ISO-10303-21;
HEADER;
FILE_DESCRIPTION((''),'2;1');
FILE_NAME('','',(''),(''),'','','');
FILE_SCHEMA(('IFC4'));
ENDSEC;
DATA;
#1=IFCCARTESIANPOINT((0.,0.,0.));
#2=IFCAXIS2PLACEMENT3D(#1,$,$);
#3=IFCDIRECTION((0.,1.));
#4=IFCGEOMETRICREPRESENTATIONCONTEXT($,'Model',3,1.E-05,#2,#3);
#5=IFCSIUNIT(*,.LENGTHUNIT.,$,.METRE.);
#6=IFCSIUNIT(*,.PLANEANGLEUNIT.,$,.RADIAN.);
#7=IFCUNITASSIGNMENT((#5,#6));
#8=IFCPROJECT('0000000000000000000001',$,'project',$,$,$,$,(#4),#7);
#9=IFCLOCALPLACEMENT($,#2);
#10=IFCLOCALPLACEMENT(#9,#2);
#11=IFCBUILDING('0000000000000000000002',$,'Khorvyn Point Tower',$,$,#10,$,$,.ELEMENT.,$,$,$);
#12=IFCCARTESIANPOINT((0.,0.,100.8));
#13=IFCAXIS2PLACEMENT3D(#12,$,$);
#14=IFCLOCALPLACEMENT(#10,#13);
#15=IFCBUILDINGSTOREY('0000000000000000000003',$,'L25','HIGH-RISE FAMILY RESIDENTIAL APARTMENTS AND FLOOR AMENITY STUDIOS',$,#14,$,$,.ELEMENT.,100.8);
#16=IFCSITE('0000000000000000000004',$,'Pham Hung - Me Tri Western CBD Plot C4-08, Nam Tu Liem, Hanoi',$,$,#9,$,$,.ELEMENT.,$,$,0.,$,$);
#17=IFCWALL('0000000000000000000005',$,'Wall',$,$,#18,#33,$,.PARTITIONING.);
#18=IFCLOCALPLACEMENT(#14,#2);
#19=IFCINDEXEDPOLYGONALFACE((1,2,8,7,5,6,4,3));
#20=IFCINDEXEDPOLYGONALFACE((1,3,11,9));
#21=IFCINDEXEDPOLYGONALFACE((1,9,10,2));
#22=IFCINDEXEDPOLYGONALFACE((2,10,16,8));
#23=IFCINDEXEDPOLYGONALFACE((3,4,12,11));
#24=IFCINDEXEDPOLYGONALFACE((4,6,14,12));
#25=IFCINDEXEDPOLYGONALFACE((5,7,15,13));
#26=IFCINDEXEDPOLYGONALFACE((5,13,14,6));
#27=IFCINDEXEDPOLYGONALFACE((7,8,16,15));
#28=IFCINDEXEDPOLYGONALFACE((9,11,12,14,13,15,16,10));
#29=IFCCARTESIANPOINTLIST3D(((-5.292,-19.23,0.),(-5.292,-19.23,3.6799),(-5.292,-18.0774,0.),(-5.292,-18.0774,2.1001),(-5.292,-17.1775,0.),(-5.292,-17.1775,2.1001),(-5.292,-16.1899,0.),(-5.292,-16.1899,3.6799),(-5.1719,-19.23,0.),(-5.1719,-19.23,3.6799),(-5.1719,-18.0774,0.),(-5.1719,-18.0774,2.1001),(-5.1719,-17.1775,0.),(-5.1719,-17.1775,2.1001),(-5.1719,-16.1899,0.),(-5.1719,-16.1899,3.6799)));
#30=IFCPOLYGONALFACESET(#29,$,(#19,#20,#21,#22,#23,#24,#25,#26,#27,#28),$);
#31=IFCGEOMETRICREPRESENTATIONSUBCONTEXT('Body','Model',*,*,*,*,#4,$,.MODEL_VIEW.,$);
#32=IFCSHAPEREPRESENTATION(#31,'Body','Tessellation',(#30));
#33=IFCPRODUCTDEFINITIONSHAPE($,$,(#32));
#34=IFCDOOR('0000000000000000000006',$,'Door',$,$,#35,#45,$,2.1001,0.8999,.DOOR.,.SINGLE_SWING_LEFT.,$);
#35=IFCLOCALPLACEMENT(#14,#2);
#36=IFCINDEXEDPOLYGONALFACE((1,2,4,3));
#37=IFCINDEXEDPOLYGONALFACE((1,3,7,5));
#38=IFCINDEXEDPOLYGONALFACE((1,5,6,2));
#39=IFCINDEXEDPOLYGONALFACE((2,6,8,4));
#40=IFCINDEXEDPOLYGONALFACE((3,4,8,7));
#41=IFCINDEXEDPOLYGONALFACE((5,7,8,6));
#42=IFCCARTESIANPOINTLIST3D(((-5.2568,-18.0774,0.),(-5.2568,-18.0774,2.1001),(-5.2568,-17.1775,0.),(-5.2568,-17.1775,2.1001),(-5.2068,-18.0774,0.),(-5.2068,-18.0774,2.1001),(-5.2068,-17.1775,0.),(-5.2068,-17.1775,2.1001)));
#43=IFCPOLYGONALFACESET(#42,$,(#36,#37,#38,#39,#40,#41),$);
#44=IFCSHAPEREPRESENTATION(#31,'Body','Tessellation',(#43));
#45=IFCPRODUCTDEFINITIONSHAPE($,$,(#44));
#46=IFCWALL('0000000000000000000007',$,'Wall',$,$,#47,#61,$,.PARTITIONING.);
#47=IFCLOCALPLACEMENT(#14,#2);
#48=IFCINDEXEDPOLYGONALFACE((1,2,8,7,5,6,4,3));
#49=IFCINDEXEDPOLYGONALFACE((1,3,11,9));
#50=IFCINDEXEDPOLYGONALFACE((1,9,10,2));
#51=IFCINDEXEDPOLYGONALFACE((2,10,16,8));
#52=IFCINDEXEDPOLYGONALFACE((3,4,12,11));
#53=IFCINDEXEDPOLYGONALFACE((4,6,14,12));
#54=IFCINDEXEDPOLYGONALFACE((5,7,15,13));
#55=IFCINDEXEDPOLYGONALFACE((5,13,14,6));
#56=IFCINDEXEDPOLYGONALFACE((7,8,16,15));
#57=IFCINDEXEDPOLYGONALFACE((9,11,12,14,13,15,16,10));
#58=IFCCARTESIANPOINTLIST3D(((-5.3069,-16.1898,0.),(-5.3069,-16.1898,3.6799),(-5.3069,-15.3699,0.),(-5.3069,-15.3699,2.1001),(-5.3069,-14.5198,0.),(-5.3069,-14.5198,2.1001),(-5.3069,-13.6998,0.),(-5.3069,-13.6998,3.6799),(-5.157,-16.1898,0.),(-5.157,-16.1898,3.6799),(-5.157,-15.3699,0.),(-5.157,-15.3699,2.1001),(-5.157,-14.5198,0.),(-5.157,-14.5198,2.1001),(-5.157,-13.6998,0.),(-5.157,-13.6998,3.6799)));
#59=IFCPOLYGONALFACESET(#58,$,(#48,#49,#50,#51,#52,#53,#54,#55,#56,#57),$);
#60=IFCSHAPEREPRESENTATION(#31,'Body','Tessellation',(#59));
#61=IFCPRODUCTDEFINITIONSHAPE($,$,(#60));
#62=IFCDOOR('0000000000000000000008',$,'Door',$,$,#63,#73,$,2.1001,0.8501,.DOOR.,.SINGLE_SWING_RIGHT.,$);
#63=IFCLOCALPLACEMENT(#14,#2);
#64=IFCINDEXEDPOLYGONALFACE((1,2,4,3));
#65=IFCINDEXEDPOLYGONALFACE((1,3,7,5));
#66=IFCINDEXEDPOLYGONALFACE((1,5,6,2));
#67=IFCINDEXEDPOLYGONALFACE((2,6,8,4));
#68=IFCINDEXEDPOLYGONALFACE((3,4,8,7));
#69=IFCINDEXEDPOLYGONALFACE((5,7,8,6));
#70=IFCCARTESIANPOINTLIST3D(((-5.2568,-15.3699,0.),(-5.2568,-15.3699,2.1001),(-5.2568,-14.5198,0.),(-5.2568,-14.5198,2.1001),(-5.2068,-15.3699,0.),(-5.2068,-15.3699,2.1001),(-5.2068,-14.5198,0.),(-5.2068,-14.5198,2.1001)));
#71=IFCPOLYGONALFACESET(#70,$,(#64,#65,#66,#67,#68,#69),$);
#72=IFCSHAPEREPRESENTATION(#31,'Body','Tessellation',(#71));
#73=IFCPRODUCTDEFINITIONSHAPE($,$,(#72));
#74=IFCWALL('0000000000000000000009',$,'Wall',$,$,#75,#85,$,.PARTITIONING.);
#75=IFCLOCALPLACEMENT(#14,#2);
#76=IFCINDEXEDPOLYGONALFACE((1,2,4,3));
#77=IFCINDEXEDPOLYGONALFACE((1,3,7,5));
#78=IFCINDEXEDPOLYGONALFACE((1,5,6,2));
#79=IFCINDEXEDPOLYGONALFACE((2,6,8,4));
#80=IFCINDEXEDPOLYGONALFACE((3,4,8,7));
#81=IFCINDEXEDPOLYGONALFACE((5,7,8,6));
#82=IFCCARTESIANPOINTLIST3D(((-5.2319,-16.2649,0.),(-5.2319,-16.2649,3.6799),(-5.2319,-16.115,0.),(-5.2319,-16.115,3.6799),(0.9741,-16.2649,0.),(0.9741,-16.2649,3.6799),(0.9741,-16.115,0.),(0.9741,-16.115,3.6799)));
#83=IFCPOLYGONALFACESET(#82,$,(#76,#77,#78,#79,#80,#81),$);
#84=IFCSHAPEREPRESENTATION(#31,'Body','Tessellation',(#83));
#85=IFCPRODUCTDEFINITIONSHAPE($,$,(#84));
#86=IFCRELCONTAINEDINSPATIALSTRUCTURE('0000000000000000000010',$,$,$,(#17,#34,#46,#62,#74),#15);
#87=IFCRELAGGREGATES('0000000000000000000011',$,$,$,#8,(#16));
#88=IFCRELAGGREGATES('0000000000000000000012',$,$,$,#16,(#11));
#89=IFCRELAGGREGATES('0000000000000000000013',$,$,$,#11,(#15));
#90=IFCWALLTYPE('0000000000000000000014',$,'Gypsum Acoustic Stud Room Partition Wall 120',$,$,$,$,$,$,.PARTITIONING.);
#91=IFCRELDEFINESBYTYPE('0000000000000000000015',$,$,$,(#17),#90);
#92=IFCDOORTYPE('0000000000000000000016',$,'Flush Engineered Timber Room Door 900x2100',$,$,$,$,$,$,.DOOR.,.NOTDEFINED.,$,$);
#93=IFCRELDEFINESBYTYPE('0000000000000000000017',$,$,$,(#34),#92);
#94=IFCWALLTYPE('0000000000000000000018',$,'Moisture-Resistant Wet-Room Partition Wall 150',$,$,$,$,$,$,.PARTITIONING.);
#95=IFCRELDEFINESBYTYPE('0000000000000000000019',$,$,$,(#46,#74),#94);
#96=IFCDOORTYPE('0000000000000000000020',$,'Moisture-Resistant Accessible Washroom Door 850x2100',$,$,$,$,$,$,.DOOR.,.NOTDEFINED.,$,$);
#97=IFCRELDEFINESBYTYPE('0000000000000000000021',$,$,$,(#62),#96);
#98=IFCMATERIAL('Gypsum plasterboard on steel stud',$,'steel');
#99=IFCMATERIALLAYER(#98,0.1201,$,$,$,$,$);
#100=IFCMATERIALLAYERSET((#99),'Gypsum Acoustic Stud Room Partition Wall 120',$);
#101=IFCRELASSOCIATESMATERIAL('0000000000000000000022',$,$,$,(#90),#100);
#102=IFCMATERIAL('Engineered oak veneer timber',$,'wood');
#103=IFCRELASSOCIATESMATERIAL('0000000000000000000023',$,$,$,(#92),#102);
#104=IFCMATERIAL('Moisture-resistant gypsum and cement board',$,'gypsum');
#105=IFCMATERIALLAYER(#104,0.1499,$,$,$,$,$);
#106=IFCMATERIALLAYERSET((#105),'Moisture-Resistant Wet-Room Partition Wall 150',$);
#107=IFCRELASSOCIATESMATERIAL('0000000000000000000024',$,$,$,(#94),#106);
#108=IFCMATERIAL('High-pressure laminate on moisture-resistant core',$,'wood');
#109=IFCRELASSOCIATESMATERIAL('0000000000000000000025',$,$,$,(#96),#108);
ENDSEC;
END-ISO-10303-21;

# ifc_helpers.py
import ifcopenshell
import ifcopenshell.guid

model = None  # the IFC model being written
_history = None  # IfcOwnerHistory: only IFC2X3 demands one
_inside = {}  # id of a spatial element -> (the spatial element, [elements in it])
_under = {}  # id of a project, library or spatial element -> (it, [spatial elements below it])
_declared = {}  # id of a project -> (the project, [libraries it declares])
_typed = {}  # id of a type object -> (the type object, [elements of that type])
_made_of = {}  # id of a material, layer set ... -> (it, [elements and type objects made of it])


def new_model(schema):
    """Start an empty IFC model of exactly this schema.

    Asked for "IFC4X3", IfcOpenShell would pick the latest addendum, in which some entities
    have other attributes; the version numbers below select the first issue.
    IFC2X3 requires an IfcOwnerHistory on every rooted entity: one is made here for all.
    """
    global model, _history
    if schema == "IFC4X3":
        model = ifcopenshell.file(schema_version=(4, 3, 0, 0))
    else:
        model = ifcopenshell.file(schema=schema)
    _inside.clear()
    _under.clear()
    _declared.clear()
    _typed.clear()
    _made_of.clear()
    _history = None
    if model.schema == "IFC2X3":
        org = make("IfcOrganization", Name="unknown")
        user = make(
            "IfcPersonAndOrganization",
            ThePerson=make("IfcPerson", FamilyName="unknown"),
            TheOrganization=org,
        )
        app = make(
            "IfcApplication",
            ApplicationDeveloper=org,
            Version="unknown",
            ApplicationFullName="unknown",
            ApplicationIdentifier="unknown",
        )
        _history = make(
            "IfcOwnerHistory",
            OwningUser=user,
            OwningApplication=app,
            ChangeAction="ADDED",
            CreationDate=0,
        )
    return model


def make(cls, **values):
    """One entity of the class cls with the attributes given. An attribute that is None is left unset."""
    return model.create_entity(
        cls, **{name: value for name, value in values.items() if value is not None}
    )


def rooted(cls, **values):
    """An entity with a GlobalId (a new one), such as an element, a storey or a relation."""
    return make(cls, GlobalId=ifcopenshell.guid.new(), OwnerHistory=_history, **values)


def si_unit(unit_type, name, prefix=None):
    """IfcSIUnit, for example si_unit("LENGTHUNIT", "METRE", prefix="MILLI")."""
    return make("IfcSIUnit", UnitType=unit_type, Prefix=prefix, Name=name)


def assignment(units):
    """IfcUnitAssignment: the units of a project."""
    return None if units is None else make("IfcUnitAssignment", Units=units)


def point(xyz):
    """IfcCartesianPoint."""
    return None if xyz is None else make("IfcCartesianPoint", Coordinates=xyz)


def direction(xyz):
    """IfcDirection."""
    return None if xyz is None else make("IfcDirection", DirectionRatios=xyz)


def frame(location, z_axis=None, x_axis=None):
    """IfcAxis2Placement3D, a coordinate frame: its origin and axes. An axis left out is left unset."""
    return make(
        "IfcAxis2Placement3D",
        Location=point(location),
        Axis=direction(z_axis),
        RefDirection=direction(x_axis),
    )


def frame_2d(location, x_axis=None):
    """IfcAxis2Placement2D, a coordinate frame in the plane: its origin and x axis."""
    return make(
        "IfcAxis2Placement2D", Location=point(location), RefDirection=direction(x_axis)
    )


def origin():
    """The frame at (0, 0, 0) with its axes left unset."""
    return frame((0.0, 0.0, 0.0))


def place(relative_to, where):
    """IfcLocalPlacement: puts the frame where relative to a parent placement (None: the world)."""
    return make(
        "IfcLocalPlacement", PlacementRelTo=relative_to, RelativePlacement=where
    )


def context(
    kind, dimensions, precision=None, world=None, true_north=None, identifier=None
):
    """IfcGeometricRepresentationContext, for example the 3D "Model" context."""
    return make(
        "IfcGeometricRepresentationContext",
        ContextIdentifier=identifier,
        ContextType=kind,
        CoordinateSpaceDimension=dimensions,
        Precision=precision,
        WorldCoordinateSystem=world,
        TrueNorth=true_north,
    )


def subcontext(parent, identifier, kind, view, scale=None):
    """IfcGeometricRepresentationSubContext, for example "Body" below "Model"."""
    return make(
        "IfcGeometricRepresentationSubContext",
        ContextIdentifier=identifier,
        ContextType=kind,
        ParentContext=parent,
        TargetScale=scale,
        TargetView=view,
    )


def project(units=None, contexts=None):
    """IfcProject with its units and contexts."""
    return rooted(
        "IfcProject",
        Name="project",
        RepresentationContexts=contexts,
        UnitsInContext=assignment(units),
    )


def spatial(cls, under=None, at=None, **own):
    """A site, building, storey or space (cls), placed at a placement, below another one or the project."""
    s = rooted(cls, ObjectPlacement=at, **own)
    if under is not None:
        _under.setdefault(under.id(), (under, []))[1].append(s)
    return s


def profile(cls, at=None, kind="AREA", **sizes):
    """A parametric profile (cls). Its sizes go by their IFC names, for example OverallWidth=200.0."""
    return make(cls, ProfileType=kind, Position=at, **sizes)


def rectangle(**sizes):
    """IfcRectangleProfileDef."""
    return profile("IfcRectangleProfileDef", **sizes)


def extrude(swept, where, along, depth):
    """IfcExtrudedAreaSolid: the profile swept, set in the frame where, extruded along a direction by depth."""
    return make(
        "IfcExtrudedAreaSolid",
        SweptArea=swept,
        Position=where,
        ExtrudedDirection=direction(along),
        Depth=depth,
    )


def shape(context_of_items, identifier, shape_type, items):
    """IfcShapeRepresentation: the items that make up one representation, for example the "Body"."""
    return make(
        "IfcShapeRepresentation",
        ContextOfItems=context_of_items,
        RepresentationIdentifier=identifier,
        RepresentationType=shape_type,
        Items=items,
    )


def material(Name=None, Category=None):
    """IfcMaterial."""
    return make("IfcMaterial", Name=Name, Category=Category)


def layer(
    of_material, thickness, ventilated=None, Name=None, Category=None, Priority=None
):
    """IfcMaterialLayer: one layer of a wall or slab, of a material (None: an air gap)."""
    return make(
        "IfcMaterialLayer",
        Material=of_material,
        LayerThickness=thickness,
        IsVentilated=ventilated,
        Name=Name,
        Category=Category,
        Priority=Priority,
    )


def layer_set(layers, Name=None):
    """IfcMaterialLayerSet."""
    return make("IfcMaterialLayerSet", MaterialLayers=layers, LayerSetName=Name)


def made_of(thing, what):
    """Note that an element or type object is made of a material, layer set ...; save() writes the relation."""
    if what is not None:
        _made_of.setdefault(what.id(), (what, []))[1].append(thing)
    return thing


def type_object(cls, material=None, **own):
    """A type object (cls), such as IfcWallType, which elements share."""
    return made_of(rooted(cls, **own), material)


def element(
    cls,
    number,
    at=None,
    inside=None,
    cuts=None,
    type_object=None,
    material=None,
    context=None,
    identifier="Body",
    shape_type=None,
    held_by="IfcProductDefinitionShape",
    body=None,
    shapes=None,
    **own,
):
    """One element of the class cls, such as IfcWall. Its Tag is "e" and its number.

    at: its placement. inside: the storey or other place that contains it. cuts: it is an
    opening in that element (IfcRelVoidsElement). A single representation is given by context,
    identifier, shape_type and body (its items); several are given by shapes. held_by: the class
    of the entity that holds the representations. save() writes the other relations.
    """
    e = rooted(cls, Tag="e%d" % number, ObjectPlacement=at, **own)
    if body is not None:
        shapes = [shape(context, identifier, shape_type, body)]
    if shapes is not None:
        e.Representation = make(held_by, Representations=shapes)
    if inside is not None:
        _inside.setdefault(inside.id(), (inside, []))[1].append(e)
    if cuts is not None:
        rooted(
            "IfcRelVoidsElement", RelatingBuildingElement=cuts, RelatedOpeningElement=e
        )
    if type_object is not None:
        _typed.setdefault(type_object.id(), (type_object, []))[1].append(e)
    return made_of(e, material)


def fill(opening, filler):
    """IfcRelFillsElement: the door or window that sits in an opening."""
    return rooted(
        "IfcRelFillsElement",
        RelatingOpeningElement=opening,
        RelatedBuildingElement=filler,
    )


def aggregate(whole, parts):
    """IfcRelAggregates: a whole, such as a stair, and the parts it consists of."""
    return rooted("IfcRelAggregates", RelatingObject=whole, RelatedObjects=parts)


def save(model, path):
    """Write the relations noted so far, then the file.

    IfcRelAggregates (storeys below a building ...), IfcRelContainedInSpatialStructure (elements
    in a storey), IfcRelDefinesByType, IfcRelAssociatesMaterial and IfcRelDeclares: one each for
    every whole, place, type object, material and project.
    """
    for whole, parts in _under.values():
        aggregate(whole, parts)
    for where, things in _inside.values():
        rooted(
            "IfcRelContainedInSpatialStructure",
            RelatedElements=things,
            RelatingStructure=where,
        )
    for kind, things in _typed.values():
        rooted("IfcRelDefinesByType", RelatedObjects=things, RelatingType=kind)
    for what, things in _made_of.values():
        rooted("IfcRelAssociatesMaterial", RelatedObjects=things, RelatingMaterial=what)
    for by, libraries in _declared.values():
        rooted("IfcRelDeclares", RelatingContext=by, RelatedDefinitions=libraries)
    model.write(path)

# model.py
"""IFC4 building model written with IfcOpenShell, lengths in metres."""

from ifc_helpers import new_model, si_unit, direction, frame, frame_2d, origin, place, context, subcontext, project, spatial, rectangle, extrude, material, layer, layer_set, type_object, element, fill, save


model = new_model("IFC4")

# Units and contexts
model_context = context("Model", 3, precision=1e-05, world=origin(), true_north=direction((0.0, 1.0)))
body_context = subcontext(model_context, "Body", "Model", "MODEL_VIEW")
ifc_project = project(units=[si_unit("LENGTHUNIT", "METRE"), si_unit("PLANEANGLEUNIT", "RADIAN")], contexts=[model_context])

# Site, building, storey
site_placement = place(None, origin())
site = spatial("IfcSite", under=ifc_project, at=site_placement, Name="Pham Hung - Me Tri Western CBD Plot C4-08, Nam Tu Liem, Hanoi", CompositionType="ELEMENT", RefElevation=0.0)
building_placement = place(site_placement, origin())
building = spatial("IfcBuilding", under=site, at=building_placement, Name="Khorvyn Point Tower", CompositionType="ELEMENT")
storey_placement = place(building_placement, frame((0.0, 0.0, 100.8)))
storey = spatial("IfcBuildingStorey", under=building, at=storey_placement, Name="L25", Description="HIGH-RISE FAMILY RESIDENTIAL APARTMENTS AND FLOOR AMENITY STUDIOS", CompositionType="ELEMENT", Elevation=100.8)

# Walls, openings, doors
ifc_material_1 = material(Name="Gypsum plasterboard on steel stud", Category="steel")
ifc_layer_1 = layer(ifc_material_1, 0.1201)
ifc_layer_set_1 = layer_set([ifc_layer_1], Name="Gypsum Acoustic Stud Room Partition Wall 120")
wall_type_1 = type_object("IfcWallType", Name="Gypsum Acoustic Stud Room Partition Wall 120", PredefinedType="PARTITIONING", material=ifc_layer_set_1)
wall_1_placement = place(storey_placement, frame((-5.2319, -19.23, 0.0), z_axis=(0.0, 0.0, 1.0), x_axis=(0.0, 1.0, 0.0)))
wall_1 = element("IfcWall", 1, at=wall_1_placement, inside=storey, type_object=wall_type_1, Name="Wall", PredefinedType="PARTITIONING", context=body_context, shape_type="SweptSolid", body=[
    extrude(rectangle(XDim=3.04, YDim=0.1201, at=frame_2d((1.52, 0.0))), origin(), (0.0, 0.0, 1.0), 3.6799),
])
opening_1_placement = place(wall_1_placement, frame((1.1526, 0.0, 0.0)))
opening_1 = element("IfcOpeningElement", 2, at=opening_1_placement, cuts=wall_1, PredefinedType="OPENING", context=body_context, shape_type="SweptSolid", body=[
    extrude(rectangle(XDim=0.8999, YDim=2.1001, at=frame_2d((0.45, 1.05))), frame((0.0, 0.0701, 0.0), z_axis=(0.0, -1.0, 0.0), x_axis=(1.0, 0.0, 0.0)), (0.0, 0.0, 1.0), 0.1401),
])
ifc_material_2 = material(Name="Engineered oak veneer timber", Category="wood")
door_type_1 = type_object("IfcDoorType", Name="Flush Engineered Timber Room Door 900x2100", OperationType="NOTDEFINED", PredefinedType="DOOR", material=ifc_material_2)
door_1_placement = place(opening_1_placement, origin())
door_1 = element("IfcDoor", 3, at=door_1_placement, inside=storey, type_object=door_type_1, Name="Door", OperationType="SINGLE_SWING_LEFT", OverallHeight=2.1001, OverallWidth=0.8999, PredefinedType="DOOR", context=body_context, shape_type="SweptSolid", body=[
    extrude(rectangle(XDim=0.8999, YDim=2.1001, at=frame_2d((0.45, 1.05))), frame((0.0, 0.0249, 0.0), z_axis=(0.0, -1.0, 0.0), x_axis=(1.0, 0.0, 0.0)), (0.0, 0.0, 1.0), 0.05),
])
fill(opening_1, door_1)
ifc_material_3 = material(Name="Moisture-resistant gypsum and cement board", Category="gypsum")
ifc_layer_2 = layer(ifc_material_3, 0.1499)
ifc_layer_set_2 = layer_set([ifc_layer_2], Name="Moisture-Resistant Wet-Room Partition Wall 150")
wall_type_2 = type_object("IfcWallType", Name="Moisture-Resistant Wet-Room Partition Wall 150", PredefinedType="PARTITIONING", material=ifc_layer_set_2)
wall_2_placement = place(storey_placement, frame((-5.2319, -16.1899, 0.0), z_axis=(0.0, 0.0, 1.0), x_axis=(0.0, 1.0, 0.0)))
wall_2 = element("IfcWall", 4, at=wall_2_placement, inside=storey, type_object=wall_type_2, Name="Wall", PredefinedType="PARTITIONING", context=body_context, shape_type="SweptSolid", body=[
    extrude(rectangle(XDim=2.49, YDim=0.1499, at=frame_2d((1.2451, 0.0))), origin(), (0.0, 0.0, 1.0), 3.6799),
])
opening_2_placement = place(wall_2_placement, frame((0.8201, 0.0, 0.0)))
opening_2 = element("IfcOpeningElement", 5, at=opening_2_placement, cuts=wall_2, PredefinedType="OPENING", context=body_context, shape_type="SweptSolid", body=[
    extrude(rectangle(XDim=0.8501, YDim=2.1001, at=frame_2d((0.425, 1.05))), frame((0.0, 0.085, 0.0), z_axis=(0.0, -1.0, 0.0), x_axis=(1.0, 0.0, 0.0)), (0.0, 0.0, 1.0), 0.1699),
])
ifc_material_4 = material(Name="High-pressure laminate on moisture-resistant core", Category="wood")
door_type_2 = type_object("IfcDoorType", Name="Moisture-Resistant Accessible Washroom Door 850x2100", OperationType="NOTDEFINED", PredefinedType="DOOR", material=ifc_material_4)
door_2_placement = place(opening_2_placement, origin())
door_2 = element("IfcDoor", 6, at=door_2_placement, inside=storey, type_object=door_type_2, Name="Door", OperationType="SINGLE_SWING_RIGHT", OverallHeight=2.1001, OverallWidth=0.8501, PredefinedType="DOOR", context=body_context, shape_type="SweptSolid", body=[
    extrude(rectangle(XDim=0.8501, YDim=2.1001, at=frame_2d((0.425, 1.05))), frame((0.0, 0.0249, 0.0), z_axis=(0.0, -1.0, 0.0), x_axis=(1.0, 0.0, 0.0)), (0.0, 0.0, 1.0), 0.05),
])
fill(opening_2, door_2)

# Wall
wall_3_placement = place(storey_placement, frame((-5.2319, -16.1899, 0.0), z_axis=(0.0, 0.0, 1.0), x_axis=(1.0, 0.0, 0.0)))
element("IfcWall", 7, at=wall_3_placement, inside=storey, type_object=wall_type_2, Name="Wall", PredefinedType="PARTITIONING", context=body_context, shape_type="SweptSolid", body=[
    extrude(rectangle(XDim=6.2061, YDim=0.1499, at=frame_2d((3.103, 0.0))), origin(), (0.0, 0.0, 1.0), 3.6799),
])

save(model, "model.ifc")
